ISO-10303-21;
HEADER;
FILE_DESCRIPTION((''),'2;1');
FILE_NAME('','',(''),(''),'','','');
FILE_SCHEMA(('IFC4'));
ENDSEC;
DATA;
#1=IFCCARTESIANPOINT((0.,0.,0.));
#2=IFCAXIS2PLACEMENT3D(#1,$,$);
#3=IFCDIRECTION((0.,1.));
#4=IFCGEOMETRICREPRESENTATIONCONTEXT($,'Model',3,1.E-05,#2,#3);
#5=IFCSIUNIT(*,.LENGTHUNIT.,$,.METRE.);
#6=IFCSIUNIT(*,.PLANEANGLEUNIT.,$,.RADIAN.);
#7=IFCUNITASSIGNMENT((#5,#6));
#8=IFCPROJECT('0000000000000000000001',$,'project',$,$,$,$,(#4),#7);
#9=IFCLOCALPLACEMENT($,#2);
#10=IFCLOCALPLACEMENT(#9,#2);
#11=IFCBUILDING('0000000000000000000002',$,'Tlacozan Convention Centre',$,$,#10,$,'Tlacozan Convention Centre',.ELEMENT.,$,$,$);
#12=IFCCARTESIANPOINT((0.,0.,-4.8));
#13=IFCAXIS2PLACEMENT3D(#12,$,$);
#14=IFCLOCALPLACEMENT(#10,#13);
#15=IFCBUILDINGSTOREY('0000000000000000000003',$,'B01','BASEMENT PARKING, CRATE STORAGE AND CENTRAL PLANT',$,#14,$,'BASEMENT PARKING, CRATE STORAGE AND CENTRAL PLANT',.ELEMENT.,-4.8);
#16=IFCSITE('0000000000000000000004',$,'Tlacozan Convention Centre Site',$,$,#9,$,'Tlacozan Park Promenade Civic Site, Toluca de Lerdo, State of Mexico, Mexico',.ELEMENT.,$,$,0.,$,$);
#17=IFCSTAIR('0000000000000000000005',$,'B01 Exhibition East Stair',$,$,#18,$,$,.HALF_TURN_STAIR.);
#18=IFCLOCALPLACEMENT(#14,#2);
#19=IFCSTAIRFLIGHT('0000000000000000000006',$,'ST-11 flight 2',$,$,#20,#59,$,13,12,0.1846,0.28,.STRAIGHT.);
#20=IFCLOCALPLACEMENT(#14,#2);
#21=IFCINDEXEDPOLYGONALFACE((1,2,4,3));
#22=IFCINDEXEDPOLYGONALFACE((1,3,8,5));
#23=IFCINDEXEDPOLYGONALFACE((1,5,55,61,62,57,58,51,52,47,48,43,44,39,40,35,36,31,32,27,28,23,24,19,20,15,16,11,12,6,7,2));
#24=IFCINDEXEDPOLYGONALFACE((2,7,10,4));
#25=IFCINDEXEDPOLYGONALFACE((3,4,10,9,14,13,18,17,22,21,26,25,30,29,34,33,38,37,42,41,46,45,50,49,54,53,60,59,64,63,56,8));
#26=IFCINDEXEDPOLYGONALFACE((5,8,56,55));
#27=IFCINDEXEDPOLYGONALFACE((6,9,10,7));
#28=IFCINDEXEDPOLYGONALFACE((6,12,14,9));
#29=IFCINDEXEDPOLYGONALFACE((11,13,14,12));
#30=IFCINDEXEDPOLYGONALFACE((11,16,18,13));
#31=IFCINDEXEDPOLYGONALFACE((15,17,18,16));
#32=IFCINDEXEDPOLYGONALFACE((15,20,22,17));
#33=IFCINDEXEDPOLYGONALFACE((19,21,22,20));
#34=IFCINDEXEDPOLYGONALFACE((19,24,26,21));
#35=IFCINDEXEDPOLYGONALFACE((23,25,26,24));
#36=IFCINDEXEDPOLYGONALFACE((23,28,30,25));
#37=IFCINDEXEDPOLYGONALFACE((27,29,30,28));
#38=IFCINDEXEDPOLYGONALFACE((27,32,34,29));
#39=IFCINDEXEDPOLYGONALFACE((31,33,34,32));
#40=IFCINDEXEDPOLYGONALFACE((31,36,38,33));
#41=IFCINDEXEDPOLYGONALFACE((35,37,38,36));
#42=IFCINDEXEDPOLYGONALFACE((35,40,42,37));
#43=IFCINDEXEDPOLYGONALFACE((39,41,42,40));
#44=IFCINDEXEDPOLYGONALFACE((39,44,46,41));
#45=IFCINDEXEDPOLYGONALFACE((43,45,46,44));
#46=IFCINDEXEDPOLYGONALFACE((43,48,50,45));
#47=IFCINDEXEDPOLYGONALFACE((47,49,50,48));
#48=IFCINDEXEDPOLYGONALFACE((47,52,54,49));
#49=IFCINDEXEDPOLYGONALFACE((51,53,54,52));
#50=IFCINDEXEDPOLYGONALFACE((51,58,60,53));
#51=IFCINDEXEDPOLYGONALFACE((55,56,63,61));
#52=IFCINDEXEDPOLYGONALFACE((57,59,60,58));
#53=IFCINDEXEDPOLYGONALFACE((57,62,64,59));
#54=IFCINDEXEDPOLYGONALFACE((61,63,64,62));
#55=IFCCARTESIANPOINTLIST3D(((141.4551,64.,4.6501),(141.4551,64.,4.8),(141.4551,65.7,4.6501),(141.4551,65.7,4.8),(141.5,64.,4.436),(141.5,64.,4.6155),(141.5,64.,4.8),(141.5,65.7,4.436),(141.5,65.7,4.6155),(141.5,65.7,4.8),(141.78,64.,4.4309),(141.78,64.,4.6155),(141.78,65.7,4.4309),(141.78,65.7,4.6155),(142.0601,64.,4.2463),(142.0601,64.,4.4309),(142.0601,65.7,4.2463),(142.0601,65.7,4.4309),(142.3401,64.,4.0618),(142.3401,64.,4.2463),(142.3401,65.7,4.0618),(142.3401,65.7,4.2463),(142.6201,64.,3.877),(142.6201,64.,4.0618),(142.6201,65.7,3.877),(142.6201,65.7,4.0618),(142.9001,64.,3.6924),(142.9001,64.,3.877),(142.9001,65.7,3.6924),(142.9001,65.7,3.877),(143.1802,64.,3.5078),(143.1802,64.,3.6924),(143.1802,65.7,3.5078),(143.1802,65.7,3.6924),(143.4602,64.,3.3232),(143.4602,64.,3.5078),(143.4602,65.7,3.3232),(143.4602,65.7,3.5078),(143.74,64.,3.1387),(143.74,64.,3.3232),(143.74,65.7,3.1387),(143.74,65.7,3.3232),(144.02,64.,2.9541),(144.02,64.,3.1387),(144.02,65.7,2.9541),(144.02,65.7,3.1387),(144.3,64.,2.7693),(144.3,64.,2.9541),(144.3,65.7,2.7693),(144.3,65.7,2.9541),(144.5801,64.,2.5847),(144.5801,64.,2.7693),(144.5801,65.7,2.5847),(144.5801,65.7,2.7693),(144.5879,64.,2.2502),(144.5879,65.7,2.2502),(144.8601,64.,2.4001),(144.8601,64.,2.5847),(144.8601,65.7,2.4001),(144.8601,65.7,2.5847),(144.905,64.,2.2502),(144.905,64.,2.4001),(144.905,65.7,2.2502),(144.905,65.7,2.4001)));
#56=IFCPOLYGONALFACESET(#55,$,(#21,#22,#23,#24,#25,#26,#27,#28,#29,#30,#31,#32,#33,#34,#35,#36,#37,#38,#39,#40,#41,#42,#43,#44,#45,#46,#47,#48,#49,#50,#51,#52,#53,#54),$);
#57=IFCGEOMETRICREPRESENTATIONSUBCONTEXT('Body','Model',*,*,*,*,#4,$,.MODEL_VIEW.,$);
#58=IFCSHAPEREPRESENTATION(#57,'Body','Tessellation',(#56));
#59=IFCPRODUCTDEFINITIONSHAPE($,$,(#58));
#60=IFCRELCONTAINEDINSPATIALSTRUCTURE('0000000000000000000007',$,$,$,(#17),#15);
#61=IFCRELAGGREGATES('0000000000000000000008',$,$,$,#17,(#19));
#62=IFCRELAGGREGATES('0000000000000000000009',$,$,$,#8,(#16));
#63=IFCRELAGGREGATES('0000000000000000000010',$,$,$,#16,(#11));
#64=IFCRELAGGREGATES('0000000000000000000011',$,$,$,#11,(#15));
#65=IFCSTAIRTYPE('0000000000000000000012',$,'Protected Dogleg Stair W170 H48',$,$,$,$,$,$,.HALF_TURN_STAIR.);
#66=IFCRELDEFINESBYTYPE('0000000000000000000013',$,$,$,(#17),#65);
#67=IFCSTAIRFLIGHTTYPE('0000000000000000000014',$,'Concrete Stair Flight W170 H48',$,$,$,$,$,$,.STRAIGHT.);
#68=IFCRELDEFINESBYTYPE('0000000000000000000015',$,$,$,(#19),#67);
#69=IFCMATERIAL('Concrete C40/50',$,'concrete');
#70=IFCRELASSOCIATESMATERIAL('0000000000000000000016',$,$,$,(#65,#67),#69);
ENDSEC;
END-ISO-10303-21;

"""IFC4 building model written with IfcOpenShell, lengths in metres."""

from ifc_helpers import new_model, si_unit, direction, frame, origin, place, context, subcontext, project, spatial, polyline, outline, extrude, material, type_object, element, aggregate, save


model = new_model("IFC4")

# Units and contexts
model_context = context("Model", 3, precision=1e-05, world=origin(), true_north=direction((0.0, 1.0)))
body_context = subcontext(model_context, "Body", "Model", "MODEL_VIEW")
ifc_project = project(units=[si_unit("LENGTHUNIT", "METRE"), si_unit("PLANEANGLEUNIT", "RADIAN")], contexts=[model_context])

# Site, building, storey
site_placement = place(None, origin())
site = spatial("IfcSite", under=ifc_project, at=site_placement, Name="Tlacozan Convention Centre Site", LongName="Tlacozan Park Promenade Civic Site, Toluca de Lerdo, State of Mexico, Mexico", CompositionType="ELEMENT", RefElevation=0.0)
building_placement = place(site_placement, origin())
building = spatial("IfcBuilding", under=site, at=building_placement, Name="Tlacozan Convention Centre", LongName="Tlacozan Convention Centre", CompositionType="ELEMENT")
storey_placement = place(building_placement, frame((0.0, 0.0, -4.8)))
storey = spatial("IfcBuildingStorey", under=building, at=storey_placement, Name="B01", Description="BASEMENT PARKING, CRATE STORAGE AND CENTRAL PLANT", LongName="BASEMENT PARKING, CRATE STORAGE AND CENTRAL PLANT", CompositionType="ELEMENT", Elevation=-4.8)

# Shared definitions
ifc_material_1 = material(Name="Concrete C40/50", Category="concrete")

# Stair, stair flight
stair_type = type_object("IfcStairType", Name="Protected Dogleg Stair W170 H48", PredefinedType="HALF_TURN_STAIR", material=ifc_material_1)
stair_placement = place(storey_placement, origin())
stair = element("IfcStair", 1, at=stair_placement, inside=storey, type_object=stair_type, Name="B01 Exhibition East Stair", PredefinedType="HALF_TURN_STAIR")
stair_flight_type = type_object("IfcStairFlightType", Name="Concrete Stair Flight W170 H48", PredefinedType="STRAIGHT", material=ifc_material_1)
stair_flight_placement = place(storey_placement, frame((144.8601, 64.8501, 2.4001), z_axis=(0.0, 0.0, 1.0), x_axis=(-1.0, 0.0, 0.0)))
stair_flight = element("IfcStairFlight", 2, at=stair_flight_placement, type_object=stair_flight_type, Name="ST-11 flight 2", NumberOfRisers=13, NumberOfTreads=12, PredefinedType="STRAIGHT", RiserHeight=0.1846, TreadLength=0.28, context=body_context, shape_type="SweptSolid", body=[
    extrude(outline(polyline([(-0.0449, -0.1499), (-0.0449, 0.0), (0.0, 0.0), (0.0, 0.1846), (0.28, 0.1846), (0.28, 0.3691), (0.5601, 0.3691), (0.5601, 0.554), (0.8401, 0.554), (0.8401, 0.7385), (1.1201, 0.7385), (1.1201, 0.9231), (1.3999, 0.9231), (1.3999, 1.1077), (1.6799, 1.1077), (1.6799, 1.2922), (1.96, 1.2922), (1.96, 1.4768), (2.24, 1.4768), (2.24, 1.6616), (2.52, 1.6616), (2.52, 1.8462), (2.8, 1.8462), (2.8, 2.0308), (3.0801, 2.0308), (3.0801, 2.2153), (3.3601, 2.2153), (3.3601, 2.3999), (3.405, 2.3999), (3.405, 2.25), (3.3601, 2.0359), (0.2722, -0.1499), (-0.0449, -0.1499)])), frame((0.0, 0.8501, 0.0), z_axis=(0.0, -1.0, 0.0), x_axis=(1.0, 0.0, 0.0)), (0.0, 0.0, 1.0), 1.7),
])
aggregate(stair, [stair_flight])

save(model, "model.ifc")
